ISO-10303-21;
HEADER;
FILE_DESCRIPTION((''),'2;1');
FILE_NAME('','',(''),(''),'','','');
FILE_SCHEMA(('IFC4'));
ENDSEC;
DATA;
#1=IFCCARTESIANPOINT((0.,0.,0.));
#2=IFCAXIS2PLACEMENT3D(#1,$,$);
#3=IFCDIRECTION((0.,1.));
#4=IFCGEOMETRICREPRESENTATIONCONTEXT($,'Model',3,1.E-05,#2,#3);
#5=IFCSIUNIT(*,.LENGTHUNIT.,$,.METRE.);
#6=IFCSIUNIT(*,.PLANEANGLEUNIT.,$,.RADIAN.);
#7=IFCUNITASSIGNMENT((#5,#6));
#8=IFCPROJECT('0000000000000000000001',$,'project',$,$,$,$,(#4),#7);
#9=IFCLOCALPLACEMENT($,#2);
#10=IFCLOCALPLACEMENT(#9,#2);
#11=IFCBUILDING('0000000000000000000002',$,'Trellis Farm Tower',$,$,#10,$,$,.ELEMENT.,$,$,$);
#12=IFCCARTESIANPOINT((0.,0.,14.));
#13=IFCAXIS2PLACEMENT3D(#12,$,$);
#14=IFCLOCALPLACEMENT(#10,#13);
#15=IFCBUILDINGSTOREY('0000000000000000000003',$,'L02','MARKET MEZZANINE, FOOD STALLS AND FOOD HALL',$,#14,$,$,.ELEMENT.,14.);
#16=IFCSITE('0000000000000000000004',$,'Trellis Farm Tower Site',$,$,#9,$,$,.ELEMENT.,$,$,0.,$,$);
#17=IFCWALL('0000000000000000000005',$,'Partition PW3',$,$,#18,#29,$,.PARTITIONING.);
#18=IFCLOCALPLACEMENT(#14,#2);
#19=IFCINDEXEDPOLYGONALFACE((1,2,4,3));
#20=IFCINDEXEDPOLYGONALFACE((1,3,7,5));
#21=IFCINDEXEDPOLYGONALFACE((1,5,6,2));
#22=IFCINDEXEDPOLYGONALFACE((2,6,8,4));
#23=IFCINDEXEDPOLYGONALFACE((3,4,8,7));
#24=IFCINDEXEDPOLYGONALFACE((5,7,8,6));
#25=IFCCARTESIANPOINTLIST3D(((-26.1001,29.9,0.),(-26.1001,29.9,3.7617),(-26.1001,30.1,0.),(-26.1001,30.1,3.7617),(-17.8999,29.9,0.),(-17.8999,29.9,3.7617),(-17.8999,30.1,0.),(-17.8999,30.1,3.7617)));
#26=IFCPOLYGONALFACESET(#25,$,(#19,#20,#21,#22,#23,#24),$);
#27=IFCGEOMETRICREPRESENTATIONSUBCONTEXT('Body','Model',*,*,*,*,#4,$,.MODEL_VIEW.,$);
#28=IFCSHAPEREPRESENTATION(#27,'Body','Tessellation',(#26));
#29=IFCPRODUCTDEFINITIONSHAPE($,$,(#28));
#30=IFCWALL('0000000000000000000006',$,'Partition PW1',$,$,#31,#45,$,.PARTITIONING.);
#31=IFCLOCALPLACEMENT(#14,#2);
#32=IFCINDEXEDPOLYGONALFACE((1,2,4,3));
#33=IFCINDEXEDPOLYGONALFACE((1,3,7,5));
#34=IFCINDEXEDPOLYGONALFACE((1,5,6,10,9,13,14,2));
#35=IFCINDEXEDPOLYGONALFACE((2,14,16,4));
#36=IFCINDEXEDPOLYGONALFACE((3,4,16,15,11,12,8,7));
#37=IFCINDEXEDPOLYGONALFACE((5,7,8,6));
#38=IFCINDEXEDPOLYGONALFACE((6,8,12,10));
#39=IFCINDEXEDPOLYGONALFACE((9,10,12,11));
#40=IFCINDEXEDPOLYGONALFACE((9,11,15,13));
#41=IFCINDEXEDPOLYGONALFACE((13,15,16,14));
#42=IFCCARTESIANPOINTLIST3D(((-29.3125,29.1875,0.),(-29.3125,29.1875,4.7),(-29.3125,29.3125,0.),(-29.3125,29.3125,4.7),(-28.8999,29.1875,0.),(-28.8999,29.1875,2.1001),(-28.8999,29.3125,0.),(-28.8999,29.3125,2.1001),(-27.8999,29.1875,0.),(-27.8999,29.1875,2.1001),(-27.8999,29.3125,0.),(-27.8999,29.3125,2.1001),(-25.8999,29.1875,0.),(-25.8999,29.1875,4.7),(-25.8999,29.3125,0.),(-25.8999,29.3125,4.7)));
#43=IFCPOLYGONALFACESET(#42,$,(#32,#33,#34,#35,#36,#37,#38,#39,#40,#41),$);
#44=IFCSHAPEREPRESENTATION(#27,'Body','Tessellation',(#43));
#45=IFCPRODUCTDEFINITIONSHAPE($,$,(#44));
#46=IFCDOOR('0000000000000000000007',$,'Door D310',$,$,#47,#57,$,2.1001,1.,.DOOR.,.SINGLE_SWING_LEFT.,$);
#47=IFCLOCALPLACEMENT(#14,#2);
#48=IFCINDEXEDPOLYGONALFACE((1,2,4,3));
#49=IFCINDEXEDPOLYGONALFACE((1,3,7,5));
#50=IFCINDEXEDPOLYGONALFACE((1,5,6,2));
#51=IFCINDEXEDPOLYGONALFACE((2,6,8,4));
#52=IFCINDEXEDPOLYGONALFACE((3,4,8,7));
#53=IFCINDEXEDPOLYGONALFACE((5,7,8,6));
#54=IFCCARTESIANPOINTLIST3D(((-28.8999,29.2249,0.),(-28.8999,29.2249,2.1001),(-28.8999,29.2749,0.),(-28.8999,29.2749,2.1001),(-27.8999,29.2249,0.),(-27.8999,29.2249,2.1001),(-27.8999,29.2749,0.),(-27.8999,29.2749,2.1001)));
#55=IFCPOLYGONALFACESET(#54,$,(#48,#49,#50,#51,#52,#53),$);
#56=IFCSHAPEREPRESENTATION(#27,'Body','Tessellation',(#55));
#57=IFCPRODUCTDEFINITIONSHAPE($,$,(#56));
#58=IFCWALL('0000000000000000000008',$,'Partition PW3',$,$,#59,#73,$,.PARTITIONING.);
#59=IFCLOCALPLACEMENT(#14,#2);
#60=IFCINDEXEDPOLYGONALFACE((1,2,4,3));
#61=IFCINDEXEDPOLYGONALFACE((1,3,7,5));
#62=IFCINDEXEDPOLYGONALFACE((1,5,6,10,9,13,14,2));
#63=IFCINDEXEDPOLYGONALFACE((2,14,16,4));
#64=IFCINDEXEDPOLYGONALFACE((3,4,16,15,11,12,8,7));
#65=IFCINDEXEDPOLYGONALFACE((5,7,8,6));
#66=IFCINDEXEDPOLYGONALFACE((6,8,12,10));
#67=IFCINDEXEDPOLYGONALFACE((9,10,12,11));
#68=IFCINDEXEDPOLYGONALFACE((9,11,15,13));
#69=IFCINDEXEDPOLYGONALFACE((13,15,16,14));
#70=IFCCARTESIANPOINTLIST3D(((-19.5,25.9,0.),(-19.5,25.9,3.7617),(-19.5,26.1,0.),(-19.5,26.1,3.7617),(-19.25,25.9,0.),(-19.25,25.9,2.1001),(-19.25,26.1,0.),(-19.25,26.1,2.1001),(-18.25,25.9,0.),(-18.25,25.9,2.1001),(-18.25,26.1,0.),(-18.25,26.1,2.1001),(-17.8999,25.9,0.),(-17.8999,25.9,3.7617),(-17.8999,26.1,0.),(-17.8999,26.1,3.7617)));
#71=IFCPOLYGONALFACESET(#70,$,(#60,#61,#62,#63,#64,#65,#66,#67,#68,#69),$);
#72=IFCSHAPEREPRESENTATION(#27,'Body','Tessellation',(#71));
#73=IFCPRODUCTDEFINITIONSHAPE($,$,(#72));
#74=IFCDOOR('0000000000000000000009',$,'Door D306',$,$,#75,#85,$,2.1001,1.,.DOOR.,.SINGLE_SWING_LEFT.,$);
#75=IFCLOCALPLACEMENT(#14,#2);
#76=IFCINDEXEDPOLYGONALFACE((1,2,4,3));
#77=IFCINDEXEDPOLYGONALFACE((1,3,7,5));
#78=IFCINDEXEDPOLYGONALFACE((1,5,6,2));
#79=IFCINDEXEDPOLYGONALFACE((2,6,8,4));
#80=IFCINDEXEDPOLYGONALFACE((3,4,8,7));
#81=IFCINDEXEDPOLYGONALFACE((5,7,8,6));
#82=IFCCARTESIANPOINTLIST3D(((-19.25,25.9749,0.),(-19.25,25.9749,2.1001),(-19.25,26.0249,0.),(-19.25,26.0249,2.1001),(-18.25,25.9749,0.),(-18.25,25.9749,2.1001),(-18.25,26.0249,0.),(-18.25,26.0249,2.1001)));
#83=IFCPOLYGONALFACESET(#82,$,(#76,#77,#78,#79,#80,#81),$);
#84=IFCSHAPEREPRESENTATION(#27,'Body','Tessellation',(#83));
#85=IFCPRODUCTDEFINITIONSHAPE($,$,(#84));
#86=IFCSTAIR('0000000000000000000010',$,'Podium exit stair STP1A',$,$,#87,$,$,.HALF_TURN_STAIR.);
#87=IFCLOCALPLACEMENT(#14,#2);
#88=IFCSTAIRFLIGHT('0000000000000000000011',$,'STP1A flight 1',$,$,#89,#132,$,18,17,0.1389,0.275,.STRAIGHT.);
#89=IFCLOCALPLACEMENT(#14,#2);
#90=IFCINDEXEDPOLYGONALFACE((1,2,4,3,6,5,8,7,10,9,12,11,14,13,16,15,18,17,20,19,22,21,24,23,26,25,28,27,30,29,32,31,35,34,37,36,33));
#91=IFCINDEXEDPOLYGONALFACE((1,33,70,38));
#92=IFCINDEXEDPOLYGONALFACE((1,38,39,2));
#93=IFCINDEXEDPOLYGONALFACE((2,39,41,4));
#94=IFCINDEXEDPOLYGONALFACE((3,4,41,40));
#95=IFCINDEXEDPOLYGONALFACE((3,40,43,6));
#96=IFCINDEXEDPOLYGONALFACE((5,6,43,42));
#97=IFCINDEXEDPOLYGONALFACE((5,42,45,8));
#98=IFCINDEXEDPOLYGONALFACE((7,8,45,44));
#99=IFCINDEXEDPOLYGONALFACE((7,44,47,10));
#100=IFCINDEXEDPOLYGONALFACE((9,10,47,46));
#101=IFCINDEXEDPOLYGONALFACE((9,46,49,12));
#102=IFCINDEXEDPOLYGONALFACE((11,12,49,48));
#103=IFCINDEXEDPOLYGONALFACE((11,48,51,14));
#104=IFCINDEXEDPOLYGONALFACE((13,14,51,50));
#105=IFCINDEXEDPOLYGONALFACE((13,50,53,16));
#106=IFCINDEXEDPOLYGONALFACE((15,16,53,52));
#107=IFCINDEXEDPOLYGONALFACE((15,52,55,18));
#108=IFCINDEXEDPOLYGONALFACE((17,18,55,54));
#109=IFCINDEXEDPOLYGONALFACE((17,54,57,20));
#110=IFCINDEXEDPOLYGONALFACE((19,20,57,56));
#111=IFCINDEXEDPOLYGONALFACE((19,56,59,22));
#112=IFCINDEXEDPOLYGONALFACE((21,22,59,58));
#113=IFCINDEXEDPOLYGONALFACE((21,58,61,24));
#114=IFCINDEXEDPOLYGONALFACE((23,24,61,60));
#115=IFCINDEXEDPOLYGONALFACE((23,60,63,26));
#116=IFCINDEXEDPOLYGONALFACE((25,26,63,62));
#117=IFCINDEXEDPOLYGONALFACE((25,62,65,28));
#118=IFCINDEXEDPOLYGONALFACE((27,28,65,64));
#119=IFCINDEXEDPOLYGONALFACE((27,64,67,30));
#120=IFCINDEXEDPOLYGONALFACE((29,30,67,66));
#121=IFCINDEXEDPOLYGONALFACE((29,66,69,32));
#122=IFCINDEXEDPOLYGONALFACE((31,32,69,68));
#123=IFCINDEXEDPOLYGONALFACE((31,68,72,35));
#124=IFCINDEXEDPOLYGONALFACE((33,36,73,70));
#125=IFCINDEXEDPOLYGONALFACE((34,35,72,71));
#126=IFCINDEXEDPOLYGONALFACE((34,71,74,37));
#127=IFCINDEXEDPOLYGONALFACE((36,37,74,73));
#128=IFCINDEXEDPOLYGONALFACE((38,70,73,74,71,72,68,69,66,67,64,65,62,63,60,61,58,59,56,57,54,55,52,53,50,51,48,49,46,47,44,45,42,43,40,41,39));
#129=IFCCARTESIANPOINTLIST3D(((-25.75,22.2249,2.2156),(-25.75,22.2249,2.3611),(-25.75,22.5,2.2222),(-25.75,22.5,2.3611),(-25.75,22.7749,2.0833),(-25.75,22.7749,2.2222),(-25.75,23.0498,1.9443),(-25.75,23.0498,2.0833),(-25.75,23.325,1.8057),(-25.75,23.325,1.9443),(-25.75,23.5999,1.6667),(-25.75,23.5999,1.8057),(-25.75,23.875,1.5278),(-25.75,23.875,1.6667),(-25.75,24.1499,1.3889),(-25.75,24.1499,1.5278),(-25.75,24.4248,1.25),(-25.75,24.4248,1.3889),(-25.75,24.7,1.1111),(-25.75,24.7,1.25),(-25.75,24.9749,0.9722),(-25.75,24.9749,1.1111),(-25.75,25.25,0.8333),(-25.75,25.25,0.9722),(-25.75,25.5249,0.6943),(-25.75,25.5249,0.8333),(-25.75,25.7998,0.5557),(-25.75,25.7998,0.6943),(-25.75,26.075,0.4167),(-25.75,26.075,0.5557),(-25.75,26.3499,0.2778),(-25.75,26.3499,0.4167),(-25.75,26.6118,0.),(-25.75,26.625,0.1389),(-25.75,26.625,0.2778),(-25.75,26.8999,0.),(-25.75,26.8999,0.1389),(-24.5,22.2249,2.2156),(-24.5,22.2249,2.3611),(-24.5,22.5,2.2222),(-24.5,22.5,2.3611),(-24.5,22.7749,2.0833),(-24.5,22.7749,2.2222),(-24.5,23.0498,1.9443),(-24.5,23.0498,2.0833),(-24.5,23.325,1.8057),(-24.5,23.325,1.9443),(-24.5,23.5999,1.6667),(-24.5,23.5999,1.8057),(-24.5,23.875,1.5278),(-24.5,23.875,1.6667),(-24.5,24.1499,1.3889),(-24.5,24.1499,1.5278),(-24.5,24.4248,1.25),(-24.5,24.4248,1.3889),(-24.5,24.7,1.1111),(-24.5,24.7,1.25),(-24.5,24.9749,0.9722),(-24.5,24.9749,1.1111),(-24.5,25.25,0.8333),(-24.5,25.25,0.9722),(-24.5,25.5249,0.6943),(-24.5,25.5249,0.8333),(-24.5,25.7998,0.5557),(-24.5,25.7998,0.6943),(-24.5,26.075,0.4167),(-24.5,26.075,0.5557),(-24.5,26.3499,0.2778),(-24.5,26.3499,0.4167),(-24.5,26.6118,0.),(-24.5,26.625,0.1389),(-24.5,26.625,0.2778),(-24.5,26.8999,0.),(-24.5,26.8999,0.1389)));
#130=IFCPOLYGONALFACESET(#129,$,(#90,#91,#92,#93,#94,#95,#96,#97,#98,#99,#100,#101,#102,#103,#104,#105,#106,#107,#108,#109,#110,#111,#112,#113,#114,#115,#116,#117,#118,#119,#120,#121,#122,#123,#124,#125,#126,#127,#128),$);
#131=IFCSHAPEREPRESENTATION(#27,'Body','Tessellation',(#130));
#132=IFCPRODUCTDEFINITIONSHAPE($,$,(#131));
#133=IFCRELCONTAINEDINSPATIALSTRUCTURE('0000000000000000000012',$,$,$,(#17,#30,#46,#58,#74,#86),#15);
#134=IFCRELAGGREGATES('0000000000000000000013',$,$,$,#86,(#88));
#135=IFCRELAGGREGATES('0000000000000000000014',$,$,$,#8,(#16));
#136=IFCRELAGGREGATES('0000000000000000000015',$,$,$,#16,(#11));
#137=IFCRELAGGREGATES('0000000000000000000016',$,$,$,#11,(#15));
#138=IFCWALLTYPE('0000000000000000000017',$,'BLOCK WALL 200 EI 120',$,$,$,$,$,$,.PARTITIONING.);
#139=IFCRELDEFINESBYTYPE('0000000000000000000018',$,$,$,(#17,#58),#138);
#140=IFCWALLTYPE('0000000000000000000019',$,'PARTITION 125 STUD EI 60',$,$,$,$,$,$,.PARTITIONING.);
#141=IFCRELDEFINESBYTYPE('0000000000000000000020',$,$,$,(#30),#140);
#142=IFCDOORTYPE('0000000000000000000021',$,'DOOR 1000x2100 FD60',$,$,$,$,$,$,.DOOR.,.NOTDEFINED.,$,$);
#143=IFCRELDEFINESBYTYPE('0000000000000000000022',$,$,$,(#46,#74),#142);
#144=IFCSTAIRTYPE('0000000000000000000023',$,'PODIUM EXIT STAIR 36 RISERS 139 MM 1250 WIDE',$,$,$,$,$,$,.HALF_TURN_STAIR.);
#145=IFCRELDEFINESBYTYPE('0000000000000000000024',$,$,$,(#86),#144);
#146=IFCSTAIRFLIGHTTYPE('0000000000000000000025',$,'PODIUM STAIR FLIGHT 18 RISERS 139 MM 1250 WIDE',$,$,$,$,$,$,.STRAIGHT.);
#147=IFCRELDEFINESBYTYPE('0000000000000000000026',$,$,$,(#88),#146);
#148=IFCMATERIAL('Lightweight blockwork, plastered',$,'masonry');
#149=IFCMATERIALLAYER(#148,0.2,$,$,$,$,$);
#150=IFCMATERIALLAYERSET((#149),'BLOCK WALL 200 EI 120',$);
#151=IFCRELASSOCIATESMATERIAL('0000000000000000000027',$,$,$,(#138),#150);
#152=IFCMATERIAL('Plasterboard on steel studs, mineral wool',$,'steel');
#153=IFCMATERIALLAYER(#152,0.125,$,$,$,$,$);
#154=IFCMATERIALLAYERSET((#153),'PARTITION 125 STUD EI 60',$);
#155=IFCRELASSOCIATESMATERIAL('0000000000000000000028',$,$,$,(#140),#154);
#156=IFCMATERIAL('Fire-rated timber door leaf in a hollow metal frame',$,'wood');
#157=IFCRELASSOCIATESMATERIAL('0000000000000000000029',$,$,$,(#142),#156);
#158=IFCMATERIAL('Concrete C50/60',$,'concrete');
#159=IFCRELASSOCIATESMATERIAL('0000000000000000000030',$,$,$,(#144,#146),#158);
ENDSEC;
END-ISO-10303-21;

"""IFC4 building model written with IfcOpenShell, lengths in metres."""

from ifc_helpers import new_model, si_unit, direction, frame, frame_2d, origin, place, context, subcontext, project, spatial, polyline, rectangle, outline, extrude, source, transform, mapped, material, layer, layer_set, type_object, element, fill, aggregate, save


model = new_model("IFC4")

# Units and contexts
model_context = context("Model", 3, precision=1e-05, world=origin(), true_north=direction((0.0, 1.0)))
body_context = subcontext(model_context, "Body", "Model", "MODEL_VIEW")
ifc_project = project(units=[si_unit("LENGTHUNIT", "METRE"), si_unit("PLANEANGLEUNIT", "RADIAN")], contexts=[model_context])

# Site, building, storey
site_placement = place(None, origin())
site = spatial("IfcSite", under=ifc_project, at=site_placement, Name="Trellis Farm Tower Site", CompositionType="ELEMENT", RefElevation=0.0)
building_placement = place(site_placement, origin())
building = spatial("IfcBuilding", under=site, at=building_placement, Name="Trellis Farm Tower", CompositionType="ELEMENT")
storey_placement = place(building_placement, frame((0.0, 0.0, 14.0)))
storey = spatial("IfcBuildingStorey", under=building, at=storey_placement, Name="L02", Description="MARKET MEZZANINE, FOOD STALLS AND FOOD HALL", CompositionType="ELEMENT", Elevation=14.0)

# Wall
ifc_material_1 = material(Name="Lightweight blockwork, plastered", Category="masonry")
ifc_layer_1 = layer(ifc_material_1, 0.2)
ifc_layer_set_1 = layer_set([ifc_layer_1], Name="BLOCK WALL 200 EI 120")
wall_type_1 = type_object("IfcWallType", Name="BLOCK WALL 200 EI 120", PredefinedType="PARTITIONING", material=ifc_layer_set_1)
shared_shape_1 = source(origin(), body_context, "Body", "SweptSolid", [
    extrude(rectangle(XDim=8.2002, YDim=0.2, at=frame_2d((4.1001, 0.0))), origin(), (0.0, 0.0, 1.0), 3.7617),
])
wall_1_placement = place(storey_placement, frame((-26.1001, 30.0, 0.0), z_axis=(0.0, 0.0, 1.0), x_axis=(1.0, 0.0, 0.0)))
element("IfcWall", 1, at=wall_1_placement, inside=storey, type_object=wall_type_1, Name="Partition PW3", PredefinedType="PARTITIONING", context=body_context, shape_type="MappedRepresentation", body=[
    mapped(shared_shape_1, transform((0.0, 0.0, 0.0))),
])

# Walls, openings, doors
ifc_material_2 = material(Name="Plasterboard on steel studs, mineral wool", Category="steel")
ifc_layer_2 = layer(ifc_material_2, 0.125)
ifc_layer_set_2 = layer_set([ifc_layer_2], Name="PARTITION 125 STUD EI 60")
wall_type_2 = type_object("IfcWallType", Name="PARTITION 125 STUD EI 60", PredefinedType="PARTITIONING", material=ifc_layer_set_2)
shared_shape_2 = source(origin(), body_context, "Body", "SweptSolid", [
    extrude(rectangle(XDim=3.4126, YDim=0.125, at=frame_2d((1.7063, 0.0))), origin(), (0.0, 0.0, 1.0), 4.7),
])
wall_2_placement = place(storey_placement, frame((-29.3125, 29.25, 0.0), z_axis=(0.0, 0.0, 1.0), x_axis=(1.0, 0.0, 0.0)))
wall_2 = element("IfcWall", 2, at=wall_2_placement, inside=storey, type_object=wall_type_2, Name="Partition PW1", PredefinedType="PARTITIONING", context=body_context, shape_type="MappedRepresentation", body=[
    mapped(shared_shape_2, transform((0.0, 0.0, 0.0))),
])
shared_shape_3 = source(origin(), body_context, "Body", "SweptSolid", [
    extrude(rectangle(XDim=1.0, YDim=2.1001, at=frame_2d((0.5, 1.05))), frame((0.0, 0.0725, 0.0), z_axis=(0.0, -1.0, 0.0), x_axis=(1.0, 0.0, 0.0)), (0.0, 0.0, 1.0), 0.145),
])
opening_1_placement = place(wall_2_placement, frame((0.4126, 0.0, 0.0)))
opening_1 = element("IfcOpeningElement", 3, at=opening_1_placement, cuts=wall_2, PredefinedType="OPENING", context=body_context, shape_type="MappedRepresentation", body=[
    mapped(shared_shape_3, transform((0.0, 0.0, 0.0))),
])
ifc_material_3 = material(Name="Fire-rated timber door leaf in a hollow metal frame", Category="wood")
door_type_1 = type_object("IfcDoorType", Name="DOOR 1000x2100 FD60", OperationType="NOTDEFINED", PredefinedType="DOOR", material=ifc_material_3)
shared_shape_4 = source(origin(), body_context, "Body", "SweptSolid", [
    extrude(rectangle(XDim=1.0, YDim=2.1001, at=frame_2d((0.5, 1.05))), frame((0.0, 0.0249, 0.0), z_axis=(0.0, -1.0, 0.0), x_axis=(1.0, 0.0, 0.0)), (0.0, 0.0, 1.0), 0.05),
])
door_1_placement = place(opening_1_placement, origin())
door_1 = element("IfcDoor", 4, at=door_1_placement, inside=storey, type_object=door_type_1, Name="Door D310", OperationType="SINGLE_SWING_LEFT", OverallHeight=2.1001, OverallWidth=1.0, PredefinedType="DOOR", context=body_context, shape_type="MappedRepresentation", body=[
    mapped(shared_shape_4, transform((0.0, 0.0, 0.0))),
])
fill(opening_1, door_1)
shared_shape_5 = source(origin(), body_context, "Body", "SweptSolid", [
    extrude(rectangle(XDim=1.6001, YDim=0.2, at=frame_2d((0.8, 0.0))), origin(), (0.0, 0.0, 1.0), 3.7617),
])
wall_3_placement = place(storey_placement, frame((-19.5, 26.0, 0.0), z_axis=(0.0, 0.0, 1.0), x_axis=(1.0, 0.0, 0.0)))
wall_3 = element("IfcWall", 5, at=wall_3_placement, inside=storey, type_object=wall_type_1, Name="Partition PW3", PredefinedType="PARTITIONING", context=body_context, shape_type="MappedRepresentation", body=[
    mapped(shared_shape_5, transform((0.0, 0.0, 0.0))),
])
shared_shape_6 = source(origin(), body_context, "Body", "SweptSolid", [
    extrude(rectangle(XDim=1.0, YDim=2.1001, at=frame_2d((0.5, 1.05))), frame((0.0, 0.1101, 0.0), z_axis=(0.0, -1.0, 0.0), x_axis=(1.0, 0.0, 0.0)), (0.0, 0.0, 1.0), 0.2202),
])
opening_2_placement = place(wall_3_placement, frame((0.25, 0.0, 0.0)))
opening_2 = element("IfcOpeningElement", 6, at=opening_2_placement, cuts=wall_3, PredefinedType="OPENING", context=body_context, shape_type="MappedRepresentation", body=[
    mapped(shared_shape_6, transform((0.0, 0.0, 0.0))),
])
door_2_placement = place(opening_2_placement, origin())
door_2 = element("IfcDoor", 7, at=door_2_placement, inside=storey, type_object=door_type_1, Name="Door D306", OperationType="SINGLE_SWING_LEFT", OverallHeight=2.1001, OverallWidth=1.0, PredefinedType="DOOR", context=body_context, shape_type="MappedRepresentation", body=[
    mapped(shared_shape_4, transform((0.0, 0.0, 0.0))),
])
fill(opening_2, door_2)

# Stair, stair flight
ifc_material_4 = material(Name="Concrete C50/60", Category="concrete")
stair_type = type_object("IfcStairType", Name="PODIUM EXIT STAIR 36 RISERS 139 MM 1250 WIDE", PredefinedType="HALF_TURN_STAIR", material=ifc_material_4)
placement = place(storey_placement, origin())
stair_1 = element("IfcStair", 8, at=placement, inside=storey, type_object=stair_type, Name="Podium exit stair STP1A", PredefinedType="HALF_TURN_STAIR")
stair_flight_type = type_object("IfcStairFlightType", Name="PODIUM STAIR FLIGHT 18 RISERS 139 MM 1250 WIDE", PredefinedType="STRAIGHT", material=ifc_material_4)
shared_shape_7 = source(origin(), body_context, "Body", "SweptSolid", [
    extrude(outline(polyline([(0.0, 0.0), (0.0, 0.1389), (0.2749, 0.1389), (0.2749, 0.2778), (0.55, 0.2778), (0.55, 0.4167), (0.825, 0.4167), (0.825, 0.5557), (1.1001, 0.5557), (1.1001, 0.6943), (1.375, 0.6943), (1.375, 0.8333), (1.6499, 0.8333), (1.6499, 0.9722), (1.925, 0.9722), (1.925, 1.1111), (2.2, 1.1111), (2.2, 1.25), (2.4751, 1.25), (2.4751, 1.3889), (2.75, 1.3889), (2.75, 1.5278), (3.0249, 1.5278), (3.0249, 1.6667), (3.3, 1.6667), (3.3, 1.8057), (3.575, 1.8057), (3.575, 1.9443), (3.8501, 1.9443), (3.8501, 2.0833), (4.125, 2.0833), (4.125, 2.2222), (4.3999, 2.2222), (4.3999, 2.3611), (4.675, 2.3611), (4.675, 2.5), (4.675, 2.2156), (0.2881, 0.0), (0.0, 0.0)])), frame((0.0, 0.625, 0.0), z_axis=(0.0, -1.0, 0.0), x_axis=(1.0, 0.0, 0.0)), (0.0, 0.0, 1.0), 1.25),
])
stair_flight_1_placement = place(storey_placement, frame((-25.125, 26.8999, 0.0), z_axis=(0.0, 0.0, 1.0), x_axis=(0.0, -1.0, 0.0)))
stair_flight_1 = element("IfcStairFlight", 9, at=stair_flight_1_placement, type_object=stair_flight_type, Name="STP1A flight 1", NumberOfRisers=18, NumberOfTreads=17, PredefinedType="STRAIGHT", RiserHeight=0.1389, TreadLength=0.275, context=body_context, shape_type="MappedRepresentation", body=[
    mapped(shared_shape_7, transform((0.0, 0.0, 0.0))),
])
aggregate(stair_1, [stair_flight_1])

save(model, "model.ifc")
